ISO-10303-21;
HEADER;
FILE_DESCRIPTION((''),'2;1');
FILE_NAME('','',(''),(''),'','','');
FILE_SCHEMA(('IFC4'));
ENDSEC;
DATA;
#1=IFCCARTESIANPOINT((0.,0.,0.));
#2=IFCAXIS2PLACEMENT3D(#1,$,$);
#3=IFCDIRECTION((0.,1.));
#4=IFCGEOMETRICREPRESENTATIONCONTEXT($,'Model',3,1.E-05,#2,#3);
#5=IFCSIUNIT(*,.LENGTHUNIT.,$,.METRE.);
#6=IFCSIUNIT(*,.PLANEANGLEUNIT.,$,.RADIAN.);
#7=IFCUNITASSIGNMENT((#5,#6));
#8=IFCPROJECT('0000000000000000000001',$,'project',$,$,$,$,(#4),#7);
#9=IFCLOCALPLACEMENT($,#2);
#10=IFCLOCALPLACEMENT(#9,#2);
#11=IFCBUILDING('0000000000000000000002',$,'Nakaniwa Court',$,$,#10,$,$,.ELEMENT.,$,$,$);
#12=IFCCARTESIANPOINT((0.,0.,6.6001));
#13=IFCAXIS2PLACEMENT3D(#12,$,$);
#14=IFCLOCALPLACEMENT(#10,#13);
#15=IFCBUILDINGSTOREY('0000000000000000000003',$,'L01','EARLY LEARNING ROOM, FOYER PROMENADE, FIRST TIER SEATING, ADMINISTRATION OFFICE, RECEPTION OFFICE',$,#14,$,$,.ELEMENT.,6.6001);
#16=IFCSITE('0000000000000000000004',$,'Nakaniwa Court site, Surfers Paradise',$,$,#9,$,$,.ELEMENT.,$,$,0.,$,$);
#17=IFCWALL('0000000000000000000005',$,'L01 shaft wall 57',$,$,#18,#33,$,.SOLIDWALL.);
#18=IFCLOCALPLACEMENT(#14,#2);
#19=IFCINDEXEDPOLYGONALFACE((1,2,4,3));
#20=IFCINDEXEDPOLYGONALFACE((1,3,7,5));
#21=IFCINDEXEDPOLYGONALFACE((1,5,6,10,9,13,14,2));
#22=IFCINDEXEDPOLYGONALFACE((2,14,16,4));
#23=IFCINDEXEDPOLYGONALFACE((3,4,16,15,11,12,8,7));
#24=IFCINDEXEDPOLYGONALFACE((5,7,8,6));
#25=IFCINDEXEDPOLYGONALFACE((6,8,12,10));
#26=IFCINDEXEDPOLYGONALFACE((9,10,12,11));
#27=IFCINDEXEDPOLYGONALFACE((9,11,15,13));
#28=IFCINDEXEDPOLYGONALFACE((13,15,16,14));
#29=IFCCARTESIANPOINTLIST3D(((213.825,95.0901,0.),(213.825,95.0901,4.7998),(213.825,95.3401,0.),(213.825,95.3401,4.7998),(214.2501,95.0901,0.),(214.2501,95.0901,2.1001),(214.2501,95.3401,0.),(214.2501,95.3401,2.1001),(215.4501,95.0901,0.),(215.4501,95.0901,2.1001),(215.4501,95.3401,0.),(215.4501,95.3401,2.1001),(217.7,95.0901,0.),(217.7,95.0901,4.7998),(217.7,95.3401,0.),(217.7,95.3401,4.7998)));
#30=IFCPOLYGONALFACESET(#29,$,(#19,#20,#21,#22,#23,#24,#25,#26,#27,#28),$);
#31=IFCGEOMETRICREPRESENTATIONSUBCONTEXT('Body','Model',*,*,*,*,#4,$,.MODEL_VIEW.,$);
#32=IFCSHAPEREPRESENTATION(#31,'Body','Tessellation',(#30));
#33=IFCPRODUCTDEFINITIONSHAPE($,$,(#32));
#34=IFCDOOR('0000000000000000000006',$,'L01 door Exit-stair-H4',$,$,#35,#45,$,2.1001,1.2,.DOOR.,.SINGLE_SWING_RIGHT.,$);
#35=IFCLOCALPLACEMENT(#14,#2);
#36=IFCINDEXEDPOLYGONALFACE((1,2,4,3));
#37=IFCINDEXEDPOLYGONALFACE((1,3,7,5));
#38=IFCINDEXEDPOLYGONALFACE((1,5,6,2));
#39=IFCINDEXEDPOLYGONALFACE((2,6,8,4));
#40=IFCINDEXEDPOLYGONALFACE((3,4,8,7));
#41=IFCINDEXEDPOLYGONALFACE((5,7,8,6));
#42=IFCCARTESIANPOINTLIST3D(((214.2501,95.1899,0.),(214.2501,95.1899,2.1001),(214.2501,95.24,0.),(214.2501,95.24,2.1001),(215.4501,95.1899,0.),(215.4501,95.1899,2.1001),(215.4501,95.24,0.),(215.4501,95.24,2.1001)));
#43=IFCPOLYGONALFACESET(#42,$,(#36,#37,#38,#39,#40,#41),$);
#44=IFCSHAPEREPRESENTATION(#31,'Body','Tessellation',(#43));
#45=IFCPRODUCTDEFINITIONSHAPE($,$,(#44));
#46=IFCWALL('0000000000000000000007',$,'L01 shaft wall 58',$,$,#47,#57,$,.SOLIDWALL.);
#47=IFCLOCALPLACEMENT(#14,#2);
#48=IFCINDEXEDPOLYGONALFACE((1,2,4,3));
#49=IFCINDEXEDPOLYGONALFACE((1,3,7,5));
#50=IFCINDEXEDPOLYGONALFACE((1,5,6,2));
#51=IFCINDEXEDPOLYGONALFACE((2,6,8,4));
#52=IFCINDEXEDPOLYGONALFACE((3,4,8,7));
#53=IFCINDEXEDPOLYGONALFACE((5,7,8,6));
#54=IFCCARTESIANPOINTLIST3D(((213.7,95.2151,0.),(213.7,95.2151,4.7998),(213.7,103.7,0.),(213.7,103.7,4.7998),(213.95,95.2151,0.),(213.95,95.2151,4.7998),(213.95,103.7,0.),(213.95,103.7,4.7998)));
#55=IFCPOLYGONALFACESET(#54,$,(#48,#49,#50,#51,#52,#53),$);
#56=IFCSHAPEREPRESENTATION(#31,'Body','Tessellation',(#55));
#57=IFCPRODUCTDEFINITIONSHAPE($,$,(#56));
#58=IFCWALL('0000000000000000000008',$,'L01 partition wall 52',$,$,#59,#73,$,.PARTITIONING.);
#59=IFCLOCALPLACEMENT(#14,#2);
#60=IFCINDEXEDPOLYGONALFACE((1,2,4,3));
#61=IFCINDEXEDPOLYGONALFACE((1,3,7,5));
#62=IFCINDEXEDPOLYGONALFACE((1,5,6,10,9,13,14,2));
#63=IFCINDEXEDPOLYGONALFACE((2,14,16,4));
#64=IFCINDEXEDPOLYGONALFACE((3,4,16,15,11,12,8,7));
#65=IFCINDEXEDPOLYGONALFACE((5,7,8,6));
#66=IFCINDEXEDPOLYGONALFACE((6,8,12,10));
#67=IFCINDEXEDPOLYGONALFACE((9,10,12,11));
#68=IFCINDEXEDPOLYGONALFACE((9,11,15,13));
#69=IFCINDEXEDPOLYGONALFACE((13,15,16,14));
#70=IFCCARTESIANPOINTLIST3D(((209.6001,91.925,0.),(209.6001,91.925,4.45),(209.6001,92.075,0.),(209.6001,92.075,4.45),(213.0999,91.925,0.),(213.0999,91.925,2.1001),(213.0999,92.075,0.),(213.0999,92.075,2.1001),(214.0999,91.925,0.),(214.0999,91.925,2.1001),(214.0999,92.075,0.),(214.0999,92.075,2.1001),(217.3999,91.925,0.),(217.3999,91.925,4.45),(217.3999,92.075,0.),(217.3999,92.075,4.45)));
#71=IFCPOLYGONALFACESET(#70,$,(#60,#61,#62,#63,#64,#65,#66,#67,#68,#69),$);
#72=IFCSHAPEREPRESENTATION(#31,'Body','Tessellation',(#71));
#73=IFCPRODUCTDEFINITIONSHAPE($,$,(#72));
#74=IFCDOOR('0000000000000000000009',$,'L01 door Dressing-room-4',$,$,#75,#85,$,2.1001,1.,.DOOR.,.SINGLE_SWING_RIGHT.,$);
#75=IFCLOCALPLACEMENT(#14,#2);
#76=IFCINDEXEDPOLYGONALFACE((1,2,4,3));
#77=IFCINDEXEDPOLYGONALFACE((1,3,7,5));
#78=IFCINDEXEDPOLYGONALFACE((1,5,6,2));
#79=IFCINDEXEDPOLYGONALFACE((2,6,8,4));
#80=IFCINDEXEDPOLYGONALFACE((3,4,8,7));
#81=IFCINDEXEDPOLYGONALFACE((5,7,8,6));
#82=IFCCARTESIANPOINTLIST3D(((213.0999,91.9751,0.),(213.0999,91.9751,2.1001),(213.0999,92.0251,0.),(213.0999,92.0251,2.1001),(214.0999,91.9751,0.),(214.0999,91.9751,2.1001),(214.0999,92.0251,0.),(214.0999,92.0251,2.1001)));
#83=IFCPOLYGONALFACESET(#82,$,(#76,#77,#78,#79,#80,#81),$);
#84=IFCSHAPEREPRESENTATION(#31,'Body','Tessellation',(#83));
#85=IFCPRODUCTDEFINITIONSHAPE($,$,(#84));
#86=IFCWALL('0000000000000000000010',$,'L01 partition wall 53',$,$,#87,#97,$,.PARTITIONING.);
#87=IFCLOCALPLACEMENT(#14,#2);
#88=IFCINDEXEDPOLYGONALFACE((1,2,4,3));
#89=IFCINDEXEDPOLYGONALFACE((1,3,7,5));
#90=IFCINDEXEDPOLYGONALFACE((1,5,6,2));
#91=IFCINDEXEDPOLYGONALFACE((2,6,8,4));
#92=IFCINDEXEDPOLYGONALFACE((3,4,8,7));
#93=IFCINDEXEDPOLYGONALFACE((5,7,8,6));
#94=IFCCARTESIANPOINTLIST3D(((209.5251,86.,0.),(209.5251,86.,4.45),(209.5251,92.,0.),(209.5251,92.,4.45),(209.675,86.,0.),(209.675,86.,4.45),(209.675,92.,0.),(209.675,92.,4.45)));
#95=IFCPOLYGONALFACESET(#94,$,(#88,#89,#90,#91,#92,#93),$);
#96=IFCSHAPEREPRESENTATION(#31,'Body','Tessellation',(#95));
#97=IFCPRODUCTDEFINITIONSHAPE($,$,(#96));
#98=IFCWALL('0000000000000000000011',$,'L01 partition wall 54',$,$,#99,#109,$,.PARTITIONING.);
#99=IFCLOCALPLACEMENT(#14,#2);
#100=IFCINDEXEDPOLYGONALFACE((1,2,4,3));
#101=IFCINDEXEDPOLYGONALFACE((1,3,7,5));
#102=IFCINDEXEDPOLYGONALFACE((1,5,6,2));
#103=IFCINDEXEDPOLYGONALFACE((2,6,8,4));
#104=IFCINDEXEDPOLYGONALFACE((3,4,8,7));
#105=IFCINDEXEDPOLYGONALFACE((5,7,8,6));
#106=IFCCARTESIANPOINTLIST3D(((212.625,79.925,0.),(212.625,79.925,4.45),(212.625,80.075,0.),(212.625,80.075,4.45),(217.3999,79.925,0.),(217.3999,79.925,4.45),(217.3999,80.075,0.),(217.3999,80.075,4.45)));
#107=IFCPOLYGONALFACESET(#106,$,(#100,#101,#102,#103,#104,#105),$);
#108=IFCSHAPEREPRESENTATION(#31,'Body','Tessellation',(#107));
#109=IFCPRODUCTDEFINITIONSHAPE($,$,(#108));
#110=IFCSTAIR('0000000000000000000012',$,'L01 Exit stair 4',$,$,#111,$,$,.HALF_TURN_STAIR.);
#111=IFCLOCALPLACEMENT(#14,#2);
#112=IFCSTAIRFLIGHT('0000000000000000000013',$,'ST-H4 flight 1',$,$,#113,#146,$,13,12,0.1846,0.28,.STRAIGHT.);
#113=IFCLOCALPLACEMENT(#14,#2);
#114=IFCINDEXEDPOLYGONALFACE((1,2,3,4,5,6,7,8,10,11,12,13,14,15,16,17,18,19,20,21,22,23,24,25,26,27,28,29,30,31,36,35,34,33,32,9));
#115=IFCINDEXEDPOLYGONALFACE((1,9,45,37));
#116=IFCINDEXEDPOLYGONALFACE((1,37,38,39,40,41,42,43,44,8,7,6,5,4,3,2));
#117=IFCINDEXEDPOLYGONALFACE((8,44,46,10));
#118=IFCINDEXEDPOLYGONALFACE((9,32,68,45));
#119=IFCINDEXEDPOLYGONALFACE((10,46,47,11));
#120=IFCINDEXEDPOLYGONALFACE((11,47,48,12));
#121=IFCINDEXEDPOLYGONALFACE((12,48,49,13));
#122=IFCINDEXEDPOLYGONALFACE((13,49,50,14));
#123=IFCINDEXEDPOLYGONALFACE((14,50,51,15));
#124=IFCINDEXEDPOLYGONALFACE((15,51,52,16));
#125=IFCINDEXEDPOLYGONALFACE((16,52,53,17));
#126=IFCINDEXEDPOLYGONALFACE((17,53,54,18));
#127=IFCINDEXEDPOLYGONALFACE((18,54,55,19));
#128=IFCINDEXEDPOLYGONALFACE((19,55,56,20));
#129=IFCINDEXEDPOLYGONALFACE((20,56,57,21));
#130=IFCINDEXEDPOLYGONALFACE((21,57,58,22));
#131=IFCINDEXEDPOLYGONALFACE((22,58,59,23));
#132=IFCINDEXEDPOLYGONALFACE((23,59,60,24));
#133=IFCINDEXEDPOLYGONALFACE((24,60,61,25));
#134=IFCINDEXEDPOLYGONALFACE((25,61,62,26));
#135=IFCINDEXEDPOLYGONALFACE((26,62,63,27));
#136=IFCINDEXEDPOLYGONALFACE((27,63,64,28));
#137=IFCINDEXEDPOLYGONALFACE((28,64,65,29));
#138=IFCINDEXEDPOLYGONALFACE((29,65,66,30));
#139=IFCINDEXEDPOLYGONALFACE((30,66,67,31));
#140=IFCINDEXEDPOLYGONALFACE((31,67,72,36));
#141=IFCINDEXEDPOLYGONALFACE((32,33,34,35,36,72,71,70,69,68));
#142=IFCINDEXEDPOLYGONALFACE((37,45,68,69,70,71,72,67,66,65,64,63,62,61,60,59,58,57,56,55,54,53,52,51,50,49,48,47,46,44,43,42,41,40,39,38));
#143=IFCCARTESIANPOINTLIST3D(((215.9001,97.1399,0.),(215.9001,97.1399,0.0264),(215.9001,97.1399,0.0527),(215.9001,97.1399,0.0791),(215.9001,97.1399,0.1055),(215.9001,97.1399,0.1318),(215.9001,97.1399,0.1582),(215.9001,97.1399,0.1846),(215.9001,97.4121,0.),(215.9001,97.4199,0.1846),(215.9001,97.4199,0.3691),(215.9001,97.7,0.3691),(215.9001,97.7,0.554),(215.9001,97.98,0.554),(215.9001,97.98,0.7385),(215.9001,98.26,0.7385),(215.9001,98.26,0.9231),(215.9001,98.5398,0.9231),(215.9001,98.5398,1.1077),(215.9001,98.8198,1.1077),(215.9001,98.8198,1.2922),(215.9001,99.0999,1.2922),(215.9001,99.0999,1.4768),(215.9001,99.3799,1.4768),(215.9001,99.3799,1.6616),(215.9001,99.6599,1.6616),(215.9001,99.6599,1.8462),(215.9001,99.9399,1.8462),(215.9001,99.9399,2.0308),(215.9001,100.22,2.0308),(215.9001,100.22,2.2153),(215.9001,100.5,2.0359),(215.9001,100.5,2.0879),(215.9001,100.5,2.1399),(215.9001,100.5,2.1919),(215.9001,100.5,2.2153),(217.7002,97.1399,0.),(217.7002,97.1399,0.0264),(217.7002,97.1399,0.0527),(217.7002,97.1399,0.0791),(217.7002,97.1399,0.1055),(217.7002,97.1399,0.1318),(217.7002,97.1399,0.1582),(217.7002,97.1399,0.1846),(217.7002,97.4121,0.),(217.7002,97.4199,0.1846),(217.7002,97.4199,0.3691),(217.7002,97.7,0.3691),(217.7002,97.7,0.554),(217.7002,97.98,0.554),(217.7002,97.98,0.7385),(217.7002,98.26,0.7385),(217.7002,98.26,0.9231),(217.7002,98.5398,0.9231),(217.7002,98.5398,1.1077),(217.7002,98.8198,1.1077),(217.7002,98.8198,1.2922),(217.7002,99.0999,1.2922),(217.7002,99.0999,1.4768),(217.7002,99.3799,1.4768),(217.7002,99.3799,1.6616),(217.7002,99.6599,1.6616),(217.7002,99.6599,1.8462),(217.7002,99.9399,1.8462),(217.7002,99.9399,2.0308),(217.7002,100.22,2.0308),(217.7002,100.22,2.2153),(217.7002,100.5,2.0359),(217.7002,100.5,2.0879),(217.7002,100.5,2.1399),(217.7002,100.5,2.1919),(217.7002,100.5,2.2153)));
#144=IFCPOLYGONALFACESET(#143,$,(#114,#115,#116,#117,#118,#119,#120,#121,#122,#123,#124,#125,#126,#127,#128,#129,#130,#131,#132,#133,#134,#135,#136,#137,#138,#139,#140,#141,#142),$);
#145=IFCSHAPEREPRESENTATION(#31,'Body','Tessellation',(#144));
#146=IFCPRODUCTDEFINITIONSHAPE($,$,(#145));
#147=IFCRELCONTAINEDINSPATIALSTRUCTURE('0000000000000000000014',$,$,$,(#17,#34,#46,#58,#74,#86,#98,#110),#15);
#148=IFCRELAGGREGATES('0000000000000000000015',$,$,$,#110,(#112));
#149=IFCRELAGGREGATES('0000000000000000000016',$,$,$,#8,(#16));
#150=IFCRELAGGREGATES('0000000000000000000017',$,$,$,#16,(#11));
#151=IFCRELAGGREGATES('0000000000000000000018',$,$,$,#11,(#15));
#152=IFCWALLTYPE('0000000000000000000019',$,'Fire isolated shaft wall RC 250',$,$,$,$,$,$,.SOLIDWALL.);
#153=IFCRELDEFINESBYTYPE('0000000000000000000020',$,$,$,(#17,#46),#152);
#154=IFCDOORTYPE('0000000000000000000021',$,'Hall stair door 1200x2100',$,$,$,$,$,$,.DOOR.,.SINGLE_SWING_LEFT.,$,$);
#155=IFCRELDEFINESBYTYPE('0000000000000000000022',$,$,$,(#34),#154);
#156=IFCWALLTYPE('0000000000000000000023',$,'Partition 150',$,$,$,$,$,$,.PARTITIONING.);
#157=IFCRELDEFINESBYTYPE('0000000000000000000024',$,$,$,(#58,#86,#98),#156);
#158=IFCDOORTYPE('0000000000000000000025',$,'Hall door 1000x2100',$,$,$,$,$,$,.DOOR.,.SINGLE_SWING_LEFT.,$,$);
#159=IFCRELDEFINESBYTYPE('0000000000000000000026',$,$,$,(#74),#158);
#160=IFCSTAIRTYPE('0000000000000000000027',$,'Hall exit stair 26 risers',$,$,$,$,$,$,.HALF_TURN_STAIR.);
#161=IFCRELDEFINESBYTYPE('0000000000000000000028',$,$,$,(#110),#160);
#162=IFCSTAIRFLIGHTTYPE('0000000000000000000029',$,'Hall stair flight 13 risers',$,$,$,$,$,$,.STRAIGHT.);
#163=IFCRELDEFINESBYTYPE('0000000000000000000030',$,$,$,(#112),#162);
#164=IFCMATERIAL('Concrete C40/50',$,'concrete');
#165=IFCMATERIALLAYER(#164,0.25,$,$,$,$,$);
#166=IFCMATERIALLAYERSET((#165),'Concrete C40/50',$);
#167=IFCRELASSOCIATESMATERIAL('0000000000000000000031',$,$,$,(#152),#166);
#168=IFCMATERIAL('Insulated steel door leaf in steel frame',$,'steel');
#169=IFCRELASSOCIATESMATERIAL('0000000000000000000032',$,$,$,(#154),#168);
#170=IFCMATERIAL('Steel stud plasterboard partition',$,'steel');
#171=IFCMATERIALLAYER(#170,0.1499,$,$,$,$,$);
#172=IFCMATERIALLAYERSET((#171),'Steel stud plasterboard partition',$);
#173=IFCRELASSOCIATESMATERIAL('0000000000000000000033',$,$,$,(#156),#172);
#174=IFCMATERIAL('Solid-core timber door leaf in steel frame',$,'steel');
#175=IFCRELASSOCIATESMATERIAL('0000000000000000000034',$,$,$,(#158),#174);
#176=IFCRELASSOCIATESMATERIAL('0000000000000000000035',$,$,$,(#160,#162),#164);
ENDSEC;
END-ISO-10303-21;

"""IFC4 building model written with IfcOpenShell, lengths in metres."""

from ifc_helpers import new_model, si_unit, direction, frame, frame_2d, origin, place, context, subcontext, project, spatial, polyline, rectangle, outline, extrude, material, layer, layer_set, type_object, element, fill, aggregate, save


model = new_model("IFC4")

# Units and contexts
model_context = context("Model", 3, precision=1e-05, world=origin(), true_north=direction((0.0, 1.0)))
body_context = subcontext(model_context, "Body", "Model", "MODEL_VIEW")
ifc_project = project(units=[si_unit("LENGTHUNIT", "METRE"), si_unit("PLANEANGLEUNIT", "RADIAN")], contexts=[model_context])

# Site, building, storey
site_placement = place(None, origin())
site = spatial("IfcSite", under=ifc_project, at=site_placement, Name="Nakaniwa Court site, Surfers Paradise", CompositionType="ELEMENT", RefElevation=0.0)
building_placement = place(site_placement, origin())
building = spatial("IfcBuilding", under=site, at=building_placement, Name="Nakaniwa Court", CompositionType="ELEMENT")
storey_placement = place(building_placement, frame((0.0, 0.0, 6.6001)))
storey = spatial("IfcBuildingStorey", under=building, at=storey_placement, Name="L01", Description="EARLY LEARNING ROOM, FOYER PROMENADE, FIRST TIER SEATING, ADMINISTRATION OFFICE, RECEPTION OFFICE", CompositionType="ELEMENT", Elevation=6.6001)

# Shared definitions
ifc_material_1 = material(Name="Concrete C40/50", Category="concrete")
ifc_layer_1 = layer(ifc_material_1, 0.25)
ifc_layer_set_1 = layer_set([ifc_layer_1], Name="Concrete C40/50")
wall_type_1 = type_object("IfcWallType", Name="Fire isolated shaft wall RC 250", PredefinedType="SOLIDWALL", material=ifc_layer_set_1)

# Wall, opening, door
wall_1_placement = place(storey_placement, frame((213.825, 95.2151, 0.0), z_axis=(0.0, 0.0, 1.0), x_axis=(1.0, 0.0, 0.0)))
wall_1 = element("IfcWall", 1, at=wall_1_placement, inside=storey, type_object=wall_type_1, Name="L01 shaft wall 57", PredefinedType="SOLIDWALL", context=body_context, shape_type="SweptSolid", body=[
    extrude(rectangle(XDim=3.875, YDim=0.25, at=frame_2d((1.9375, 0.0))), origin(), (0.0, 0.0, 1.0), 4.7998),
])
opening_1_placement = place(wall_1_placement, frame((0.425, 0.0, 0.0)))
opening_1 = element("IfcOpeningElement", 2, at=opening_1_placement, cuts=wall_1, PredefinedType="OPENING", context=body_context, shape_type="SweptSolid", body=[
    extrude(rectangle(XDim=1.2, YDim=2.1001, at=frame_2d((0.6001, 1.05))), frame((0.0, 0.135, 0.0), z_axis=(0.0, -1.0, 0.0), x_axis=(1.0, 0.0, 0.0)), (0.0, 0.0, 1.0), 0.27),
])
ifc_material_2 = material(Name="Insulated steel door leaf in steel frame", Category="steel")
door_type_1 = type_object("IfcDoorType", Name="Hall stair door 1200x2100", OperationType="SINGLE_SWING_LEFT", PredefinedType="DOOR", material=ifc_material_2)
door_1_placement = place(opening_1_placement, origin())
door_1 = element("IfcDoor", 3, at=door_1_placement, inside=storey, type_object=door_type_1, Name="L01 door Exit-stair-H4", OperationType="SINGLE_SWING_RIGHT", OverallHeight=2.1001, OverallWidth=1.2, PredefinedType="DOOR", context=body_context, shape_type="SweptSolid", body=[
    extrude(rectangle(XDim=1.2, YDim=2.1001, at=frame_2d((0.6001, 1.05))), frame((0.0, 0.0249, 0.0), z_axis=(0.0, -1.0, 0.0), x_axis=(1.0, 0.0, 0.0)), (0.0, 0.0, 1.0), 0.05),
])
fill(opening_1, door_1)

# Wall
wall_2_placement = place(storey_placement, frame((213.825, 95.2151, 0.0), z_axis=(0.0, 0.0, 1.0), x_axis=(0.0, 1.0, 0.0)))
element("IfcWall", 4, at=wall_2_placement, inside=storey, type_object=wall_type_1, Name="L01 shaft wall 58", PredefinedType="SOLIDWALL", context=body_context, shape_type="SweptSolid", body=[
    extrude(rectangle(XDim=8.4849, YDim=0.25, at=frame_2d((4.2424, 0.0))), origin(), (0.0, 0.0, 1.0), 4.7998),
])

# Wall, opening, door
ifc_material_3 = material(Name="Steel stud plasterboard partition", Category="steel")
ifc_layer_2 = layer(ifc_material_3, 0.1499)
ifc_layer_set_2 = layer_set([ifc_layer_2], Name="Steel stud plasterboard partition")
wall_type_2 = type_object("IfcWallType", Name="Partition 150", PredefinedType="PARTITIONING", material=ifc_layer_set_2)
wall_3_placement = place(storey_placement, frame((217.3999, 92.0, 0.0), z_axis=(0.0, 0.0, 1.0), x_axis=(-1.0, 0.0, 0.0)))
wall_3 = element("IfcWall", 5, at=wall_3_placement, inside=storey, type_object=wall_type_2, Name="L01 partition wall 52", PredefinedType="PARTITIONING", context=body_context, shape_type="SweptSolid", body=[
    extrude(rectangle(XDim=7.7998, YDim=0.1499, at=frame_2d((3.8999, 0.0))), origin(), (0.0, 0.0, 1.0), 4.45),
])
opening_2_placement = place(wall_3_placement, frame((3.3, 0.0, 0.0)))
opening_2 = element("IfcOpeningElement", 6, at=opening_2_placement, cuts=wall_3, PredefinedType="OPENING", context=body_context, shape_type="SweptSolid", body=[
    extrude(rectangle(XDim=1.0, YDim=2.1001, at=frame_2d((0.5, 1.05))), frame((0.0, 0.085, 0.0), z_axis=(0.0, -1.0, 0.0), x_axis=(1.0, 0.0, 0.0)), (0.0, 0.0, 1.0), 0.1699),
])
ifc_material_4 = material(Name="Solid-core timber door leaf in steel frame", Category="steel")
door_type_2 = type_object("IfcDoorType", Name="Hall door 1000x2100", OperationType="SINGLE_SWING_LEFT", PredefinedType="DOOR", material=ifc_material_4)
door_2_placement = place(opening_2_placement, origin())
door_2 = element("IfcDoor", 7, at=door_2_placement, inside=storey, type_object=door_type_2, Name="L01 door Dressing-room-4", OperationType="SINGLE_SWING_RIGHT", OverallHeight=2.1001, OverallWidth=1.0, PredefinedType="DOOR", context=body_context, shape_type="SweptSolid", body=[
    extrude(rectangle(XDim=1.0, YDim=2.1001, at=frame_2d((0.5, 1.05))), frame((0.0, 0.0249, 0.0), z_axis=(0.0, -1.0, 0.0), x_axis=(1.0, 0.0, 0.0)), (0.0, 0.0, 1.0), 0.05),
])
fill(opening_2, door_2)

# Walls
wall_4_placement = place(storey_placement, frame((209.6001, 92.0, 0.0), z_axis=(0.0, 0.0, 1.0), x_axis=(0.0, -1.0, 0.0)))
element("IfcWall", 8, at=wall_4_placement, inside=storey, type_object=wall_type_2, Name="L01 partition wall 53", PredefinedType="PARTITIONING", context=body_context, shape_type="SweptSolid", body=[
    extrude(rectangle(XDim=6.0, YDim=0.1499, at=frame_2d((3.0, 0.0))), origin(), (0.0, 0.0, 1.0), 4.45),
])
wall_5_placement = place(storey_placement, frame((212.625, 80.0, 0.0), z_axis=(0.0, 0.0, 1.0), x_axis=(1.0, 0.0, 0.0)))
element("IfcWall", 9, at=wall_5_placement, inside=storey, type_object=wall_type_2, Name="L01 partition wall 54", PredefinedType="PARTITIONING", context=body_context, shape_type="SweptSolid", body=[
    extrude(rectangle(XDim=4.7749, YDim=0.1499, at=frame_2d((2.3875, 0.0))), origin(), (0.0, 0.0, 1.0), 4.45),
])

# Stair, stair flight
stair_type = type_object("IfcStairType", Name="Hall exit stair 26 risers", PredefinedType="HALF_TURN_STAIR", material=ifc_material_1)
stair_placement = place(storey_placement, origin())
stair = element("IfcStair", 10, at=stair_placement, inside=storey, type_object=stair_type, Name="L01 Exit stair 4", PredefinedType="HALF_TURN_STAIR")
stair_flight_type = type_object("IfcStairFlightType", Name="Hall stair flight 13 risers", PredefinedType="STRAIGHT", material=ifc_material_1)
stair_flight_1_placement = place(storey_placement, frame((216.8, 97.1399, 0.0), z_axis=(0.0, 0.0, 1.0), x_axis=(0.0, 1.0, 0.0)))
stair_flight_1 = element("IfcStairFlight", 11, at=stair_flight_1_placement, type_object=stair_flight_type, Name="ST-H4 flight 1", NumberOfRisers=13, NumberOfTreads=12, PredefinedType="STRAIGHT", RiserHeight=0.1846, TreadLength=0.28, context=body_context, shape_type="SweptSolid", body=[
    extrude(outline(polyline([(0.0, 0.0), (0.0, 0.0264), (0.0, 0.0527), (0.0, 0.0791), (0.0, 0.1055), (0.0, 0.1318), (0.0, 0.1582), (0.0, 0.1846), (0.28, 0.1846), (0.28, 0.3691), (0.5601, 0.3691), (0.5601, 0.554), (0.8401, 0.554), (0.8401, 0.7385), (1.1201, 0.7385), (1.1201, 0.9231), (1.3999, 0.9231), (1.3999, 1.1077), (1.6799, 1.1077), (1.6799, 1.2922), (1.96, 1.2922), (1.96, 1.4768), (2.24, 1.4768), (2.24, 1.6616), (2.52, 1.6616), (2.52, 1.8462), (2.8, 1.8462), (2.8, 2.0308), (3.0801, 2.0308), (3.0801, 2.2153), (3.3601, 2.2153), (3.3601, 2.3999), (3.3601, 2.3479), (3.3601, 2.2959), (3.3601, 2.2439), (3.3601, 2.1919), (3.3601, 2.1399), (3.3601, 2.0879), (3.3601, 2.0359), (0.2722, 0.0), (0.0, 0.0)])), frame((0.0, 0.8999, 0.0), z_axis=(0.0, -1.0, 0.0), x_axis=(1.0, 0.0, 0.0)), (0.0, 0.0, 1.0), 1.8),
])
aggregate(stair, [stair_flight_1])

save(model, "model.ifc")
